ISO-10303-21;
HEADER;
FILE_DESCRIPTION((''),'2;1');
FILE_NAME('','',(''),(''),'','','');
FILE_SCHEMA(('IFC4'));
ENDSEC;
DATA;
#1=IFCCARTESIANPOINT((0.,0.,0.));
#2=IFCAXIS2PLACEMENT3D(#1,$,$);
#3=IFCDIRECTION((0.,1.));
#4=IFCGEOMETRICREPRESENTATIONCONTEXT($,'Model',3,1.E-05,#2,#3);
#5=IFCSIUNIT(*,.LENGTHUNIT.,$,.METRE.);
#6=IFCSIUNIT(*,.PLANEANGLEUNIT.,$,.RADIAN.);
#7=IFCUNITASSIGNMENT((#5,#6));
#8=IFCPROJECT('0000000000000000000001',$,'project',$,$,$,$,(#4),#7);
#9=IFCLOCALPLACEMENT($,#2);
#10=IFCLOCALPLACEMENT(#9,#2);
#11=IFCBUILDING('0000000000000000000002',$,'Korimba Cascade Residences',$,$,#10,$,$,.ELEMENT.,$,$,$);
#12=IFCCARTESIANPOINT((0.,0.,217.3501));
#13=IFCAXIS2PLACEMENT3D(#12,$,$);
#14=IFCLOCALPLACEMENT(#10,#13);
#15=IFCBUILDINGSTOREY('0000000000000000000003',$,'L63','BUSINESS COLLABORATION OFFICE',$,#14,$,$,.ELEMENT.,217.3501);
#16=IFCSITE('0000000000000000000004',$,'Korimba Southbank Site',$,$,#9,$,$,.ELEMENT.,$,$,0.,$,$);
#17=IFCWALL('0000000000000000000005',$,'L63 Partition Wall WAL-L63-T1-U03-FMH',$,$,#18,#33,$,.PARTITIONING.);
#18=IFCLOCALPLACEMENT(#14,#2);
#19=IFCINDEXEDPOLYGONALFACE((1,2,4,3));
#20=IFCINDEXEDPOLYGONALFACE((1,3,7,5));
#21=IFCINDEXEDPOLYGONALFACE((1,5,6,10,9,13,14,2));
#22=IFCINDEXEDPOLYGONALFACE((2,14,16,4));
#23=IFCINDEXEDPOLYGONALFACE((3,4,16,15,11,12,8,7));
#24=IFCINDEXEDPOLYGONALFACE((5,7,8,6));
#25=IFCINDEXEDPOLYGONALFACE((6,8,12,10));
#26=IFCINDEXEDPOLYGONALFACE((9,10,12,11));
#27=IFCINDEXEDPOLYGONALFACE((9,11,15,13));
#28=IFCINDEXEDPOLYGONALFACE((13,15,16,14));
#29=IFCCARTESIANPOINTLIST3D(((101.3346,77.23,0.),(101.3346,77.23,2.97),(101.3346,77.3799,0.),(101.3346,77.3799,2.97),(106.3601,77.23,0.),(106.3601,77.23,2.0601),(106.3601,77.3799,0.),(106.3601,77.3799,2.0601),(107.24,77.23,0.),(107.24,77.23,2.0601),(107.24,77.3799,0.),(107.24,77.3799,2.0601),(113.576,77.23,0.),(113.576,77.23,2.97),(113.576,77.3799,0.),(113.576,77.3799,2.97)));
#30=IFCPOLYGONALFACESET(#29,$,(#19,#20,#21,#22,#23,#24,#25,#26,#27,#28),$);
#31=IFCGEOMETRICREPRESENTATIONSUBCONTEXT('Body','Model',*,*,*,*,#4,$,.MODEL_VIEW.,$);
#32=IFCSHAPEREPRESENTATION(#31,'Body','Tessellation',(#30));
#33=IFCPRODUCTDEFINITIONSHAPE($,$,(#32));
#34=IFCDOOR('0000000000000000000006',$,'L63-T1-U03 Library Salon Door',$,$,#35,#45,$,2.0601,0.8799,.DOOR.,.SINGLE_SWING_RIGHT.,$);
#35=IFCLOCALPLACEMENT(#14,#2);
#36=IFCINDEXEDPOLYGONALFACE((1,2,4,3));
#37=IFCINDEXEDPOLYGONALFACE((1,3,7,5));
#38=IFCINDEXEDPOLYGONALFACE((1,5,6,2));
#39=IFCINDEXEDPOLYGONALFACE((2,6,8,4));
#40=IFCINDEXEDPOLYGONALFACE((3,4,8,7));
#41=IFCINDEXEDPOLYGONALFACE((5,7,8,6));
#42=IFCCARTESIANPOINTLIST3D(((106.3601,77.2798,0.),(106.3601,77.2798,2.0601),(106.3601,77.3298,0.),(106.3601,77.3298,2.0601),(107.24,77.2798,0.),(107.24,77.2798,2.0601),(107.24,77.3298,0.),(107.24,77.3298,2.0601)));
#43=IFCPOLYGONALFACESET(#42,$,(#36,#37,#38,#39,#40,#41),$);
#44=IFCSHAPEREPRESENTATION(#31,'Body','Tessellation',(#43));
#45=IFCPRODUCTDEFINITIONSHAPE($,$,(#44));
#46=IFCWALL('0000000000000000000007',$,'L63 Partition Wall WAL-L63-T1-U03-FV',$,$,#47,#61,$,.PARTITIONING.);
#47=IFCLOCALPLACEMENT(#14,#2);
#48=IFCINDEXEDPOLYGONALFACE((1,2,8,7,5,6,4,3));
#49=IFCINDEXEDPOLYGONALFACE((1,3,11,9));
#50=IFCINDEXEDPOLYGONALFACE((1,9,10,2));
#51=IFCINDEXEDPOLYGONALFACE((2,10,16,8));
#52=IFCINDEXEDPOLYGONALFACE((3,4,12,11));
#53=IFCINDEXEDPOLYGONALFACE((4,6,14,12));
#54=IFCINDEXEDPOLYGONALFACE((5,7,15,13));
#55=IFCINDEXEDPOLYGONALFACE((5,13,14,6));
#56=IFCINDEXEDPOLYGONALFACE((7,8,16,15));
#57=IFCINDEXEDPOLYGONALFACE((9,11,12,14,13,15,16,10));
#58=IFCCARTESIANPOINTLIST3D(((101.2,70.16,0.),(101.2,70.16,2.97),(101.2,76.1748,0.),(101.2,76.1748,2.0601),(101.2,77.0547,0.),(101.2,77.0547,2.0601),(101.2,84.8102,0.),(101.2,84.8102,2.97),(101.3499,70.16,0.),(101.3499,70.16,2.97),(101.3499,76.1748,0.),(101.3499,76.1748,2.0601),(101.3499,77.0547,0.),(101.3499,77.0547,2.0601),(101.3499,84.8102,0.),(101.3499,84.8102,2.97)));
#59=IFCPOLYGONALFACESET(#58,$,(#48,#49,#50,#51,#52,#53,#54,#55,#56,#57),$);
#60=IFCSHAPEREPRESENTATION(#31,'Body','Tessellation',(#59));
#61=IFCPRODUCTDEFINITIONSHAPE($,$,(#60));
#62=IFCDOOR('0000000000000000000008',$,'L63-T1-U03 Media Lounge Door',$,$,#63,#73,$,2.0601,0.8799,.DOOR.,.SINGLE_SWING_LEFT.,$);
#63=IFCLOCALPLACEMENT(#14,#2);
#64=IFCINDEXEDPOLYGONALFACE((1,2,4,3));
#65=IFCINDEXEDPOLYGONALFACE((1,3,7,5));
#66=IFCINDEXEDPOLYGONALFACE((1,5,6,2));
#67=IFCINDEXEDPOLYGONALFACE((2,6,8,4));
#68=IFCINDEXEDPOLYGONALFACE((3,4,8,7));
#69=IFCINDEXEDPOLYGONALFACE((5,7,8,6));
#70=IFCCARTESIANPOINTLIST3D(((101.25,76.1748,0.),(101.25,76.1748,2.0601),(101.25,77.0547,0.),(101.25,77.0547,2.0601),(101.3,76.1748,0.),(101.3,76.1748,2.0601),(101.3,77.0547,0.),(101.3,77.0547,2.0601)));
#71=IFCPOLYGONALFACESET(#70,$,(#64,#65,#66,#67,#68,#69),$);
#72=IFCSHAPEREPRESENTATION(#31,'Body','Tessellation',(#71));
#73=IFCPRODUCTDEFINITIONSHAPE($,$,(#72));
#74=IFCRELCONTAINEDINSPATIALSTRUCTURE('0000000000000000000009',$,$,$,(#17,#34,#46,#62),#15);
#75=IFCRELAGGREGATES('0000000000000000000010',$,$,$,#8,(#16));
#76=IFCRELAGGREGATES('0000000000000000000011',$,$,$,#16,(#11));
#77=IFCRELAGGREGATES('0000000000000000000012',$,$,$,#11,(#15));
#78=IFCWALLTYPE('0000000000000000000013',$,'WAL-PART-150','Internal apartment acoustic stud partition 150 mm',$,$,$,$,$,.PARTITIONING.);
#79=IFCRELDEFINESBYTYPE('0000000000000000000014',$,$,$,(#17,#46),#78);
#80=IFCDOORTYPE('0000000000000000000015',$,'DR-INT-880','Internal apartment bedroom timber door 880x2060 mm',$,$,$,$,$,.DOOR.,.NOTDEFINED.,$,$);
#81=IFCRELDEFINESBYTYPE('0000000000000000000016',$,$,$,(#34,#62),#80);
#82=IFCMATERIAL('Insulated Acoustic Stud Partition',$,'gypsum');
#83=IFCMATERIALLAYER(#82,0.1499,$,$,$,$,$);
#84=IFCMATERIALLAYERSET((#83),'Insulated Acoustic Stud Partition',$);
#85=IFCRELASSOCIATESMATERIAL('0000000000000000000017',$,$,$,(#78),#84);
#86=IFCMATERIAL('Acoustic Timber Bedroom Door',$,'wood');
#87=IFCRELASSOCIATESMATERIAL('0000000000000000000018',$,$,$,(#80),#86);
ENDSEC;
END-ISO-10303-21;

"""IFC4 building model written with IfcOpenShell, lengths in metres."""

from ifc_helpers import new_model, si_unit, direction, frame, frame_2d, origin, place, context, subcontext, project, spatial, rectangle, extrude, material, layer, layer_set, type_object, element, fill, save


model = new_model("IFC4")

# Units and contexts
model_context = context("Model", 3, precision=1e-05, world=origin(), true_north=direction((0.0, 1.0)))
body_context = subcontext(model_context, "Body", "Model", "MODEL_VIEW")
ifc_project = project(units=[si_unit("LENGTHUNIT", "METRE"), si_unit("PLANEANGLEUNIT", "RADIAN")], contexts=[model_context])

# Site, building, storey
site_placement = place(None, origin())
site = spatial("IfcSite", under=ifc_project, at=site_placement, Name="Korimba Southbank Site", CompositionType="ELEMENT", RefElevation=0.0)
building_placement = place(site_placement, origin())
building = spatial("IfcBuilding", under=site, at=building_placement, Name="Korimba Cascade Residences", CompositionType="ELEMENT")
storey_placement = place(building_placement, frame((0.0, 0.0, 217.3501)))
storey = spatial("IfcBuildingStorey", under=building, at=storey_placement, Name="L63", Description="BUSINESS COLLABORATION OFFICE", CompositionType="ELEMENT", Elevation=217.3501)

# Shared definitions
ifc_material_1 = material(Name="Insulated Acoustic Stud Partition", Category="gypsum")
ifc_layer_1 = layer(ifc_material_1, 0.1499)
ifc_layer_set_1 = layer_set([ifc_layer_1], Name="Insulated Acoustic Stud Partition")
wall_type_1 = type_object("IfcWallType", Name="WAL-PART-150", Description="Internal apartment acoustic stud partition 150 mm", PredefinedType="PARTITIONING", material=ifc_layer_set_1)

# Shared definitions
ifc_material_2 = material(Name="Acoustic Timber Bedroom Door", Category="wood")
door_type_1 = type_object("IfcDoorType", Name="DR-INT-880", Description="Internal apartment bedroom timber door 880x2060 mm", OperationType="NOTDEFINED", PredefinedType="DOOR", material=ifc_material_2)

# Walls, openings, doors
wall_1_placement = place(storey_placement, frame((101.3347, 77.3049, 0.0), z_axis=(0.0, 0.0, 1.0), x_axis=(1.0, 0.0, 0.0)))
wall_1 = element("IfcWall", 1, at=wall_1_placement, inside=storey, type_object=wall_type_1, Name="L63 Partition Wall WAL-L63-T1-U03-FMH", PredefinedType="PARTITIONING", context=body_context, shape_type="SweptSolid", body=[
    extrude(rectangle(XDim=12.2415, YDim=0.1499, at=frame_2d((6.1206, 0.0))), origin(), (0.0, 0.0, 1.0), 2.97),
])
opening_1_placement = place(wall_1_placement, frame((5.0254, 0.0, 0.0)))
opening_1 = element("IfcOpeningElement", 2, at=opening_1_placement, cuts=wall_1, PredefinedType="OPENING", context=body_context, shape_type="SweptSolid", body=[
    extrude(rectangle(XDim=0.8799, YDim=2.0601, at=frame_2d((0.4399, 1.03))), frame((0.0, 0.085, 0.0), z_axis=(0.0, -1.0, 0.0), x_axis=(1.0, 0.0, 0.0)), (0.0, 0.0, 1.0), 0.1699),
])
door_1_placement = place(opening_1_placement, origin())
door_1 = element("IfcDoor", 3, at=door_1_placement, inside=storey, type_object=door_type_1, Name="L63-T1-U03 Library Salon Door", OperationType="SINGLE_SWING_RIGHT", OverallHeight=2.0601, OverallWidth=0.8799, PredefinedType="DOOR", context=body_context, shape_type="SweptSolid", body=[
    extrude(rectangle(XDim=0.8799, YDim=2.0601, at=frame_2d((0.4399, 1.03))), frame((0.0, 0.0249, 0.0), z_axis=(0.0, -1.0, 0.0), x_axis=(1.0, 0.0, 0.0)), (0.0, 0.0, 1.0), 0.05),
])
fill(opening_1, door_1)
wall_2_placement = place(storey_placement, frame((101.2749, 70.1599, 0.0), z_axis=(0.0, 0.0, 1.0), x_axis=(0.0, 1.0, 0.0)))
wall_2 = element("IfcWall", 4, at=wall_2_placement, inside=storey, type_object=wall_type_1, Name="L63 Partition Wall WAL-L63-T1-U03-FV", PredefinedType="PARTITIONING", context=body_context, shape_type="SweptSolid", body=[
    extrude(rectangle(XDim=14.6501, YDim=0.1499, at=frame_2d((7.3252, 0.0))), origin(), (0.0, 0.0, 1.0), 2.97),
])
opening_2_placement = place(wall_2_placement, frame((6.0149, 0.0, 0.0)))
opening_2 = element("IfcOpeningElement", 5, at=opening_2_placement, cuts=wall_2, PredefinedType="OPENING", context=body_context, shape_type="SweptSolid", body=[
    extrude(rectangle(XDim=0.8799, YDim=2.0601, at=frame_2d((0.4399, 1.03))), frame((0.0, 0.085, 0.0), z_axis=(0.0, -1.0, 0.0), x_axis=(1.0, 0.0, 0.0)), (0.0, 0.0, 1.0), 0.1699),
])
door_2_placement = place(opening_2_placement, origin())
door_2 = element("IfcDoor", 6, at=door_2_placement, inside=storey, type_object=door_type_1, Name="L63-T1-U03 Media Lounge Door", OperationType="SINGLE_SWING_LEFT", OverallHeight=2.0601, OverallWidth=0.8799, PredefinedType="DOOR", context=body_context, shape_type="SweptSolid", body=[
    extrude(rectangle(XDim=0.8799, YDim=2.0601, at=frame_2d((0.4399, 1.03))), frame((0.0, 0.0249, 0.0), z_axis=(0.0, -1.0, 0.0), x_axis=(1.0, 0.0, 0.0)), (0.0, 0.0, 1.0), 0.05),
])
fill(opening_2, door_2)

save(model, "model.ifc")
